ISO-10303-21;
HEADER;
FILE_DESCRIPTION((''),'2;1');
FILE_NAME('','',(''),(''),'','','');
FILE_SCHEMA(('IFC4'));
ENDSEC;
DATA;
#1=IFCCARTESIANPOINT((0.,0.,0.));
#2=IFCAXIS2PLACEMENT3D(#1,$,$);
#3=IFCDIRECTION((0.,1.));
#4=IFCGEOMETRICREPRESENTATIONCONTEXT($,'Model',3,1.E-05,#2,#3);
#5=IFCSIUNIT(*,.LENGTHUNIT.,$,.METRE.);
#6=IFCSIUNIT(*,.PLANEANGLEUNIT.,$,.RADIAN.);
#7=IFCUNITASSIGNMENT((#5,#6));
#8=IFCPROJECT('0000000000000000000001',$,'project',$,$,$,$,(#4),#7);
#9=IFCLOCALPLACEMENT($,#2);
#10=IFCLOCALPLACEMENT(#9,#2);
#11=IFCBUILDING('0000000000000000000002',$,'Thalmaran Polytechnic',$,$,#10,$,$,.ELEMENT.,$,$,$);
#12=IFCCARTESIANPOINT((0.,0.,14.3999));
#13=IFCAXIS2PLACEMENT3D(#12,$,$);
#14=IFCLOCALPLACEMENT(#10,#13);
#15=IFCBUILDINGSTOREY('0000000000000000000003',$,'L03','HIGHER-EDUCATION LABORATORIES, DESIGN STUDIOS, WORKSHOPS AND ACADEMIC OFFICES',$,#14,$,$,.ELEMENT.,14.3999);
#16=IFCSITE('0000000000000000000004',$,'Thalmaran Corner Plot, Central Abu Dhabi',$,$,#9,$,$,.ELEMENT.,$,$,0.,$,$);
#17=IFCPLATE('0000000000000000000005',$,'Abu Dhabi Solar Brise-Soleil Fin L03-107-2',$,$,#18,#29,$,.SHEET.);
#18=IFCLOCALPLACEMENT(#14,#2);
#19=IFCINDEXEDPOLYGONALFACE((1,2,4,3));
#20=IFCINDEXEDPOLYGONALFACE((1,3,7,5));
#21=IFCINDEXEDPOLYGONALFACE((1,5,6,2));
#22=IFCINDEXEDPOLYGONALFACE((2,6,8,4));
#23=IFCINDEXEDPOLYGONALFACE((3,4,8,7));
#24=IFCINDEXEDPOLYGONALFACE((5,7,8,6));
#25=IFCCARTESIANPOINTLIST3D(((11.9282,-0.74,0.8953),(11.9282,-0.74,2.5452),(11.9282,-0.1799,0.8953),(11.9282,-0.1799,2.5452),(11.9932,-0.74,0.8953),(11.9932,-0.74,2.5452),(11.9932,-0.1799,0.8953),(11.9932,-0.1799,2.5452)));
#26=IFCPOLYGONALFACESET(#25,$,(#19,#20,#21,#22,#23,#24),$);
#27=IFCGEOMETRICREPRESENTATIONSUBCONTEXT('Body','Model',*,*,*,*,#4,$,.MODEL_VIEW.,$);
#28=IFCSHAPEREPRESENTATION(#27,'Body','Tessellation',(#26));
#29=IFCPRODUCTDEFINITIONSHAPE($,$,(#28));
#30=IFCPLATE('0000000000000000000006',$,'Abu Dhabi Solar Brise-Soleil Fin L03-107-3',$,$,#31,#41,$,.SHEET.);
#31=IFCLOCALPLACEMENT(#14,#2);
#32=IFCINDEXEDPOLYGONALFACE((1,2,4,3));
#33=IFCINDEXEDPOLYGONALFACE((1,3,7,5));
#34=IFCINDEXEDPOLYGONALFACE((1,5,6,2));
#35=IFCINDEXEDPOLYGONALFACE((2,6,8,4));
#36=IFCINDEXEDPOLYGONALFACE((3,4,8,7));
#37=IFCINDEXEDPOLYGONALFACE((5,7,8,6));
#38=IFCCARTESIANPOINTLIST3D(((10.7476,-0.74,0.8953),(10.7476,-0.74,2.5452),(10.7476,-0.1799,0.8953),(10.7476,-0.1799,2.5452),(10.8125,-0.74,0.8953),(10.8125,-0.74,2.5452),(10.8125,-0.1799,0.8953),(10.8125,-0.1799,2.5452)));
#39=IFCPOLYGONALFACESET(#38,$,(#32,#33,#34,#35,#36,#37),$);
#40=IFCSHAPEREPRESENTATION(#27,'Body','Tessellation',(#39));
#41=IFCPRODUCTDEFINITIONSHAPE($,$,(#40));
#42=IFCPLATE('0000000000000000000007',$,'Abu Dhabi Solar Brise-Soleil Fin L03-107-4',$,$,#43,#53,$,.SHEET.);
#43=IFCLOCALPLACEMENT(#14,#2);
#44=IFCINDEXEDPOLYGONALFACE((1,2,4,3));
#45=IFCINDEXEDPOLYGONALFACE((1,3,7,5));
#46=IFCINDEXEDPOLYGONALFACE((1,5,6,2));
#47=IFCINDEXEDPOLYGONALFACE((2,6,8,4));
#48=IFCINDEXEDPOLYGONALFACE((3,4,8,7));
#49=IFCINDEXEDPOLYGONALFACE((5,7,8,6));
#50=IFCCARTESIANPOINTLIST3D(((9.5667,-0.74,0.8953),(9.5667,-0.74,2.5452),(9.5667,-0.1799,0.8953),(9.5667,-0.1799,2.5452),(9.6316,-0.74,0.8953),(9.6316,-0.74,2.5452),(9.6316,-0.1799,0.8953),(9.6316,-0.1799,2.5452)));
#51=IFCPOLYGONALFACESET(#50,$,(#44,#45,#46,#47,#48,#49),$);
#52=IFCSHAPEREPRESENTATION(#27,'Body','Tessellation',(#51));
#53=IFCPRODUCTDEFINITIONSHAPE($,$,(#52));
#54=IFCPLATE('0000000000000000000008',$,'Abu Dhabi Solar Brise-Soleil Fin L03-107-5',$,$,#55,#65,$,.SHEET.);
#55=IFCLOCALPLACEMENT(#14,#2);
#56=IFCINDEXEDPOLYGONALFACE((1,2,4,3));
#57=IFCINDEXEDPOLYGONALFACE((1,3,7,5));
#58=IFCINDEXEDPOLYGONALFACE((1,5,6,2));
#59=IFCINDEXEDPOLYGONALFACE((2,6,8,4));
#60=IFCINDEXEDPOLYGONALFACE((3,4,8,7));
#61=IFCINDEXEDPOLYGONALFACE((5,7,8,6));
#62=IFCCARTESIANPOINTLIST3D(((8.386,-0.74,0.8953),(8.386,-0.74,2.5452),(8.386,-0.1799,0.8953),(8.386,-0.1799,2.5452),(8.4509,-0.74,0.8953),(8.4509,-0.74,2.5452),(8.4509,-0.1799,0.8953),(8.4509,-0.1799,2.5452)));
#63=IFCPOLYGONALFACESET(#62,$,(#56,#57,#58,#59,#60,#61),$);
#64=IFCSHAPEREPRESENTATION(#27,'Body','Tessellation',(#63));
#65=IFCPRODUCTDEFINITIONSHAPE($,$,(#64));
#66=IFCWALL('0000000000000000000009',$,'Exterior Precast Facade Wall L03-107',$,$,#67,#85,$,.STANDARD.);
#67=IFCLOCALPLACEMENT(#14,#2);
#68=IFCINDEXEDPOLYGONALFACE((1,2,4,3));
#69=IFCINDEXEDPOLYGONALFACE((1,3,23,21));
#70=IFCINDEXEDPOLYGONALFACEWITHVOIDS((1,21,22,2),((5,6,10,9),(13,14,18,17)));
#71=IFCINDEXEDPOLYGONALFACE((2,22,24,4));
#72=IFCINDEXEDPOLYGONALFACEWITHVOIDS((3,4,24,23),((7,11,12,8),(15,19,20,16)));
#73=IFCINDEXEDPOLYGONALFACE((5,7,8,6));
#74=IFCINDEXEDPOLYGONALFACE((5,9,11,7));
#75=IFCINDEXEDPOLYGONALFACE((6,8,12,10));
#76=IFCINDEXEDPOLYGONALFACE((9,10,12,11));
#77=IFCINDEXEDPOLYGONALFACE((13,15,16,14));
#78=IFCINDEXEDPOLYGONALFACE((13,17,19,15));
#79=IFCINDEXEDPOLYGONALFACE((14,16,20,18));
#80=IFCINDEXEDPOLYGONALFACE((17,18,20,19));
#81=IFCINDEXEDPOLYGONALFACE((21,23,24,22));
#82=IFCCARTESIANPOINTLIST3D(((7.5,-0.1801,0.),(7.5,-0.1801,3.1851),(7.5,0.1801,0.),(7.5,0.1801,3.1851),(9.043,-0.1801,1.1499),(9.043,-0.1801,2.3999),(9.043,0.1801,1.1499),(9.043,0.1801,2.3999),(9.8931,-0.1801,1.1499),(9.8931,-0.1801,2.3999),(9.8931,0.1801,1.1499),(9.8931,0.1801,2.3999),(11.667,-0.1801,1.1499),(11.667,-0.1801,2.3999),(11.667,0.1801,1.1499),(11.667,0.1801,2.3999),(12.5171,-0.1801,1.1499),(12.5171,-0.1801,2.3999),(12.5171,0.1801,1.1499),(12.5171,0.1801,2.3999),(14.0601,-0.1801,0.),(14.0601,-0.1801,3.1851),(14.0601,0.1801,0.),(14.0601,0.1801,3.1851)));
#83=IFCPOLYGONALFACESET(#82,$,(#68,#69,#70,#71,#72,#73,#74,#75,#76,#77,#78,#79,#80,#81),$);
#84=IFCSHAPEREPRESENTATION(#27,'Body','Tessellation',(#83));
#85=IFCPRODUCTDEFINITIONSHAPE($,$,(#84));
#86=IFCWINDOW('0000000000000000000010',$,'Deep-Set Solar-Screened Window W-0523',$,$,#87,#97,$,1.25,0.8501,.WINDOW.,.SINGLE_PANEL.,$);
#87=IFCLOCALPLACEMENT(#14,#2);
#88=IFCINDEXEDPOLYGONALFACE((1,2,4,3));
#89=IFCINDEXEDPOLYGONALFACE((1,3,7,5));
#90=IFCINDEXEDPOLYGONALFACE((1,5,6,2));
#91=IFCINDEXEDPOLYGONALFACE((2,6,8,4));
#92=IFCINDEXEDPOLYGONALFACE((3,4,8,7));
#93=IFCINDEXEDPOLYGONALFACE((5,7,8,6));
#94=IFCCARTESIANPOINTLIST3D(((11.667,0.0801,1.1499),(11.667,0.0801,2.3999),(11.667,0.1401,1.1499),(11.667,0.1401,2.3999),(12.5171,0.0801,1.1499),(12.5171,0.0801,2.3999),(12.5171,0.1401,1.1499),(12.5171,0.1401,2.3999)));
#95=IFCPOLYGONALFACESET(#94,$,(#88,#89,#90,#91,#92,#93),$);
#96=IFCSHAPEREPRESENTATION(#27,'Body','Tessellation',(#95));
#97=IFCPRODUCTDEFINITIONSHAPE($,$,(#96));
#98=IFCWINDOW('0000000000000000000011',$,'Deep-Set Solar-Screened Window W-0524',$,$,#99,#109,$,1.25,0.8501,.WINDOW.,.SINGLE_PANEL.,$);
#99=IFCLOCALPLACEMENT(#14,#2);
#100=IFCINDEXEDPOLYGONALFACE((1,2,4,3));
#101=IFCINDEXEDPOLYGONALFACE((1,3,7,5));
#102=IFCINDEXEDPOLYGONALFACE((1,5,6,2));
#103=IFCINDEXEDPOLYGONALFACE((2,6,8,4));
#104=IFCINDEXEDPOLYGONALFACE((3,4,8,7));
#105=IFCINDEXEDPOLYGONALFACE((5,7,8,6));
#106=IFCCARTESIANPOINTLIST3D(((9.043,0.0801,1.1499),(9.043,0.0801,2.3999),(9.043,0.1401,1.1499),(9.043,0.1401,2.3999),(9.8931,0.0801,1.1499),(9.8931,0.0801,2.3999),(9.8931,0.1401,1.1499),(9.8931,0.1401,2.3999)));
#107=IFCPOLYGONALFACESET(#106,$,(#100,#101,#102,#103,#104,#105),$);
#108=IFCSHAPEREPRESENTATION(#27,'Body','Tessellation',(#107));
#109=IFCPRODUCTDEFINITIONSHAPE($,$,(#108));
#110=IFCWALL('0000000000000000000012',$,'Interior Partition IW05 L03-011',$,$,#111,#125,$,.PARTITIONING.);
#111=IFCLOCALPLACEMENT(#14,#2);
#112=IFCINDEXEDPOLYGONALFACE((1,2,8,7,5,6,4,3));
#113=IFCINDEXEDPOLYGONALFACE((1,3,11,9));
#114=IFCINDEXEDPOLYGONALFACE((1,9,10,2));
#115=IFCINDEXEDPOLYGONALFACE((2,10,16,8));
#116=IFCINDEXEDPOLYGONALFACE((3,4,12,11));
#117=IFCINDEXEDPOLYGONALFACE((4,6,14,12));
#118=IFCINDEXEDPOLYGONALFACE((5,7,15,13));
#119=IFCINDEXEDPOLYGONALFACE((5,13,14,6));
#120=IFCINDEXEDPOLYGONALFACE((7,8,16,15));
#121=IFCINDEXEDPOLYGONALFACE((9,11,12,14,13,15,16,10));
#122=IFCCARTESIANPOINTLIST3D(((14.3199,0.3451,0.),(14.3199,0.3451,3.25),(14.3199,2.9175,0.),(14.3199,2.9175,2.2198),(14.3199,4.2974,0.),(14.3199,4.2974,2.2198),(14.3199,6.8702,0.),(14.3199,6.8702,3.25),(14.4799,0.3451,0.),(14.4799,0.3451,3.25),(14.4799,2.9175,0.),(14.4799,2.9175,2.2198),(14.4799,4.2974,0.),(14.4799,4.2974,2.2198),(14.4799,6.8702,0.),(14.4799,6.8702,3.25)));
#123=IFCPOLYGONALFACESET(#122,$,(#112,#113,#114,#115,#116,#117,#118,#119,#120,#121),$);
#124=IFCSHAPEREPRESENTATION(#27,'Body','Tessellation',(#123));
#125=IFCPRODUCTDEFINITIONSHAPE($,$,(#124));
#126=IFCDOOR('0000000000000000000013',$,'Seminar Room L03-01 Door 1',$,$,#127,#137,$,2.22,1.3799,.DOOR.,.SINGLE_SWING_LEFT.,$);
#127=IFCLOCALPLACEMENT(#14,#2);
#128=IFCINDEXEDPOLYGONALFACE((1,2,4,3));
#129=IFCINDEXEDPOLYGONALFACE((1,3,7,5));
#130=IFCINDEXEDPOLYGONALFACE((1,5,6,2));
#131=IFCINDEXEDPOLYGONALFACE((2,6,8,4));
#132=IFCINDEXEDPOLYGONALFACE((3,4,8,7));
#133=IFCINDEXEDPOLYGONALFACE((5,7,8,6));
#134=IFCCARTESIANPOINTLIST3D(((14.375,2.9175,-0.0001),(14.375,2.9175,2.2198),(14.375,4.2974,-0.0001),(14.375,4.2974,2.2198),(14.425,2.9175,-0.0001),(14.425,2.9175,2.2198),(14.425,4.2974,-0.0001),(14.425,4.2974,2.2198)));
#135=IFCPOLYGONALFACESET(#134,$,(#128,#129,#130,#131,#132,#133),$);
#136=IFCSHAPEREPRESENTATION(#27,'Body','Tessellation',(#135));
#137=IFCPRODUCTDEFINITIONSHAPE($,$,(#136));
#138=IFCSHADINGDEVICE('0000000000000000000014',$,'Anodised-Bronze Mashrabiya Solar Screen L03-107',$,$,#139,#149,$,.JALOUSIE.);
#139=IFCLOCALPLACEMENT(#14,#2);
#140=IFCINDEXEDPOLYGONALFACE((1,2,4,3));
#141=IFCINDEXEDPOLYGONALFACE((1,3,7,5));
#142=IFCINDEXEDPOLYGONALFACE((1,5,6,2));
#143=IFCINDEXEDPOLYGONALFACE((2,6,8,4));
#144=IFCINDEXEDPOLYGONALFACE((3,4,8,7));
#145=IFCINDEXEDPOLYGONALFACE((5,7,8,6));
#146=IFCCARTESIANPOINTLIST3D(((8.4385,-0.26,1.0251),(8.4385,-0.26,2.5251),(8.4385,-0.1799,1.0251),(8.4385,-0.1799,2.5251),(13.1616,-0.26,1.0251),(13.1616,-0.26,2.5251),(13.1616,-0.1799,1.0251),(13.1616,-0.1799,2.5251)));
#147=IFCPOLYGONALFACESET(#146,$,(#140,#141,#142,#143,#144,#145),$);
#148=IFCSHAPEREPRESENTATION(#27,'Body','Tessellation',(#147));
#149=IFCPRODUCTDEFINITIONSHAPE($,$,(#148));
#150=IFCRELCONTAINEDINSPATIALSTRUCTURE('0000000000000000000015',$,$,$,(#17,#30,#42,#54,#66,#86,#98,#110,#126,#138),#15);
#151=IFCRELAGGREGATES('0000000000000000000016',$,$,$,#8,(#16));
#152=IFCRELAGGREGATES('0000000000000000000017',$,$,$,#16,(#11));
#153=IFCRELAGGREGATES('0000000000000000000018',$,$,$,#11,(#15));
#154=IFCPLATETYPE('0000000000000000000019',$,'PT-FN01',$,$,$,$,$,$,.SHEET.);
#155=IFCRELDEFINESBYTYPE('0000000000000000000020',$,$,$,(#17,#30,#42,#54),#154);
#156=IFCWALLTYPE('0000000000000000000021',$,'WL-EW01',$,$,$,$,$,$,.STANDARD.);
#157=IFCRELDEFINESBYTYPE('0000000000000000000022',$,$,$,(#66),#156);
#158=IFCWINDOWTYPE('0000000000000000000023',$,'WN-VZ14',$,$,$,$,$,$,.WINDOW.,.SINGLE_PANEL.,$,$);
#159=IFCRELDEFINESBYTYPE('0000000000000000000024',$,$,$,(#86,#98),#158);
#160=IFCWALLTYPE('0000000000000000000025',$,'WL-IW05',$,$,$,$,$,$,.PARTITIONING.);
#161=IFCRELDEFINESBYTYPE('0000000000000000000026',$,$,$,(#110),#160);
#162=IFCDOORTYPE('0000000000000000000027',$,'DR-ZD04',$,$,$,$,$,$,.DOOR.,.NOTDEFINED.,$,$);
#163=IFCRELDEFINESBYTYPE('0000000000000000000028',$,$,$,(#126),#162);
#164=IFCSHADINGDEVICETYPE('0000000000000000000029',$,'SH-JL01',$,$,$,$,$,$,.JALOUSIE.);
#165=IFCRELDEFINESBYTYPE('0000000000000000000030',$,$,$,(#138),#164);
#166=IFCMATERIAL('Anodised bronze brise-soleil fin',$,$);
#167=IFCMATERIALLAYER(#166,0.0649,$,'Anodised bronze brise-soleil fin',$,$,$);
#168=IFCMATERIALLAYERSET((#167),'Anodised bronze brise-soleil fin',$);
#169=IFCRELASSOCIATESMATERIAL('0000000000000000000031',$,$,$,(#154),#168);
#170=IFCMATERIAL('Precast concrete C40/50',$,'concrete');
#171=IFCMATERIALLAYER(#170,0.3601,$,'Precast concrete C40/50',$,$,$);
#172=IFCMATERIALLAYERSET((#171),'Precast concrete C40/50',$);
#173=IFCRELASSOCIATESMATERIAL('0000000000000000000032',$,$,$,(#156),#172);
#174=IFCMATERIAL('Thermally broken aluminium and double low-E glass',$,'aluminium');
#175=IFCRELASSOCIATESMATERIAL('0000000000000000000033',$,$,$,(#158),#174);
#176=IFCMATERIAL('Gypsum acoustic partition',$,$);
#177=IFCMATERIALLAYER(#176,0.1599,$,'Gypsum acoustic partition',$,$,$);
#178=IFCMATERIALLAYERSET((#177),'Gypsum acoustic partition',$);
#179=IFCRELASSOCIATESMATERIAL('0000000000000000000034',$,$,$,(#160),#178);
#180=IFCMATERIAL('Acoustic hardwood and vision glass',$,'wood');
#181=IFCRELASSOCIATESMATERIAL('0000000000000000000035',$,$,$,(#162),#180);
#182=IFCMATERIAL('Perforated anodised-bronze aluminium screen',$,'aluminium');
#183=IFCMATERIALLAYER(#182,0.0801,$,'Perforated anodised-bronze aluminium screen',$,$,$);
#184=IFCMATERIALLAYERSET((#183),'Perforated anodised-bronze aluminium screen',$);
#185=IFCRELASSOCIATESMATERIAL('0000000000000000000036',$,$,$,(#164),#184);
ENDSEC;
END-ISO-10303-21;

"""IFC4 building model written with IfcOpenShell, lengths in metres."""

from ifc_helpers import new_model, si_unit, direction, frame, frame_2d, origin, origin_2d, place, context, subcontext, project, spatial, rectangle, extrude, material, layer, layer_set, type_object, element, fill, save


model = new_model("IFC4")

# Units and contexts
model_context = context("Model", 3, precision=1e-05, world=origin(), true_north=direction((0.0, 1.0)))
body_context = subcontext(model_context, "Body", "Model", "MODEL_VIEW")
ifc_project = project(units=[si_unit("LENGTHUNIT", "METRE"), si_unit("PLANEANGLEUNIT", "RADIAN")], contexts=[model_context])

# Site, building, storey
site_placement = place(None, origin())
site = spatial("IfcSite", under=ifc_project, at=site_placement, Name="Thalmaran Corner Plot, Central Abu Dhabi", CompositionType="ELEMENT", RefElevation=0.0)
building_placement = place(site_placement, origin())
building = spatial("IfcBuilding", under=site, at=building_placement, Name="Thalmaran Polytechnic", CompositionType="ELEMENT")
storey_placement = place(building_placement, frame((0.0, 0.0, 14.3999)))
storey = spatial("IfcBuildingStorey", under=building, at=storey_placement, Name="L03", Description="HIGHER-EDUCATION LABORATORIES, DESIGN STUDIOS, WORKSHOPS AND ACADEMIC OFFICES", CompositionType="ELEMENT", Elevation=14.3999)

# Plates
ifc_material_1 = material(Name="Anodised bronze brise-soleil fin")
ifc_layer_1 = layer(ifc_material_1, 0.0649, Name="Anodised bronze brise-soleil fin")
ifc_layer_set_1 = layer_set([ifc_layer_1], Name="Anodised bronze brise-soleil fin")
plate_type_1 = type_object("IfcPlateType", Name="PT-FN01", PredefinedType="SHEET", material=ifc_layer_set_1)
for number, where, z_axis, x_axis, name in (
    (1, (11.9607, -0.46, 0.8953), (0.0, 0.0, 1.0), (-1.0, 0.0, 0.0), "Abu Dhabi Solar Brise-Soleil Fin L03-107-2"),
    (2, (10.78, -0.46, 0.8953), (0.0, 0.0, 1.0), (-1.0, 0.0, 0.0), "Abu Dhabi Solar Brise-Soleil Fin L03-107-3"),
    (3, (9.5991, -0.46, 0.8953), (0.0, 0.0, 1.0), (-1.0, 0.0, 0.0), "Abu Dhabi Solar Brise-Soleil Fin L03-107-4"),
    (4, (8.4185, -0.46, 0.8953), (0.0, 0.0, 1.0), (-1.0, 0.0, 0.0), "Abu Dhabi Solar Brise-Soleil Fin L03-107-5"),
):
    element("IfcPlate", number, at=place(storey_placement, frame(where, z_axis=z_axis, x_axis=x_axis)), inside=storey, type_object=plate_type_1, Name=name, PredefinedType="SHEET", context=body_context, shape_type="SweptSolid", body=[
        extrude(rectangle(XDim=0.0649, YDim=0.5601, at=origin_2d()), origin(), (0.0, 0.0, 1.0), 1.6499),
    ])

# Wall, openings, windows
ifc_material_2 = material(Name="Precast concrete C40/50", Category="concrete")
ifc_layer_2 = layer(ifc_material_2, 0.3601, Name="Precast concrete C40/50")
ifc_layer_set_2 = layer_set([ifc_layer_2], Name="Precast concrete C40/50")
wall_type_1 = type_object("IfcWallType", Name="WL-EW01", PredefinedType="STANDARD", material=ifc_layer_set_2)
wall_1_placement = place(storey_placement, frame((14.0601, 0.0, 0.0), z_axis=(0.0, 0.0, 1.0), x_axis=(-1.0, 0.0, 0.0)))
wall_1 = element("IfcWall", 5, at=wall_1_placement, inside=storey, type_object=wall_type_1, Name="Exterior Precast Facade Wall L03-107", PredefinedType="STANDARD", context=body_context, shape_type="SweptSolid", body=[
    extrude(rectangle(XDim=6.5601, YDim=0.3601, at=frame_2d((3.28, 0.0))), origin(), (0.0, 0.0, 1.0), 3.1851),
])
opening_1_placement = place(wall_1_placement, frame((1.543, 0.0, 1.1499)))
opening_1 = element("IfcOpeningElement", 6, at=opening_1_placement, cuts=wall_1, PredefinedType="OPENING", context=body_context, shape_type="SweptSolid", body=[
    extrude(rectangle(XDim=0.8501, YDim=1.25, at=frame_2d((0.425, 0.625))), frame((0.0, 0.1899, 0.0), z_axis=(0.0, -1.0, 0.0), x_axis=(1.0, 0.0, 0.0)), (0.0, 0.0, 1.0), 0.3801),
])
opening_2_placement = place(wall_1_placement, frame((4.167, 0.0, 1.1499)))
opening_2 = element("IfcOpeningElement", 7, at=opening_2_placement, cuts=wall_1, PredefinedType="OPENING", context=body_context, shape_type="SweptSolid", body=[
    extrude(rectangle(XDim=0.8501, YDim=1.25, at=frame_2d((0.425, 0.625))), frame((0.0, 0.1899, 0.0), z_axis=(0.0, -1.0, 0.0), x_axis=(1.0, 0.0, 0.0)), (0.0, 0.0, 1.0), 0.3801),
])
ifc_material_3 = material(Name="Thermally broken aluminium and double low-E glass", Category="aluminium")
window_type = type_object("IfcWindowType", Name="WN-VZ14", PartitioningType="SINGLE_PANEL", PredefinedType="WINDOW", material=ifc_material_3)
window_1_placement = place(opening_1_placement, origin())
window_1 = element("IfcWindow", 8, at=window_1_placement, inside=storey, type_object=window_type, Name="Deep-Set Solar-Screened Window W-0523", OverallHeight=1.25, OverallWidth=0.8501, PartitioningType="SINGLE_PANEL", PredefinedType="WINDOW", context=body_context, shape_type="SweptSolid", body=[
    extrude(rectangle(XDim=0.8501, YDim=1.25, at=frame_2d((0.425, 0.625))), frame((0.0, -0.0801, 0.0), z_axis=(0.0, -1.0, 0.0), x_axis=(1.0, 0.0, 0.0)), (0.0, 0.0, 1.0), 0.0601),
])
fill(opening_1, window_1)
window_2_placement = place(opening_2_placement, origin())
window_2 = element("IfcWindow", 9, at=window_2_placement, inside=storey, type_object=window_type, Name="Deep-Set Solar-Screened Window W-0524", OverallHeight=1.25, OverallWidth=0.8501, PartitioningType="SINGLE_PANEL", PredefinedType="WINDOW", context=body_context, shape_type="SweptSolid", body=[
    extrude(rectangle(XDim=0.8501, YDim=1.25, at=frame_2d((0.425, 0.625))), frame((0.0, -0.0801, 0.0), z_axis=(0.0, -1.0, 0.0), x_axis=(1.0, 0.0, 0.0)), (0.0, 0.0, 1.0), 0.0601),
])
fill(opening_2, window_2)

# Wall, opening, door
ifc_material_4 = material(Name="Gypsum acoustic partition")
ifc_layer_3 = layer(ifc_material_4, 0.1599, Name="Gypsum acoustic partition")
ifc_layer_set_3 = layer_set([ifc_layer_3], Name="Gypsum acoustic partition")
wall_type_2 = type_object("IfcWallType", Name="WL-IW05", PredefinedType="PARTITIONING", material=ifc_layer_set_3)
wall_2_placement = place(storey_placement, frame((14.3999, 0.345, 0.0), z_axis=(0.0, 0.0, 1.0), x_axis=(0.0, 1.0, 0.0)))
wall_2 = element("IfcWall", 10, at=wall_2_placement, inside=storey, type_object=wall_type_2, Name="Interior Partition IW05 L03-011", PredefinedType="PARTITIONING", context=body_context, shape_type="SweptSolid", body=[
    extrude(rectangle(XDim=6.5251, YDim=0.1599, at=frame_2d((3.2627, 0.0))), origin(), (0.0, 0.0, 1.0), 3.25),
])
opening_3_placement = place(wall_2_placement, frame((2.5725, 0.0, 0.0)))
opening_3 = element("IfcOpeningElement", 11, at=opening_3_placement, cuts=wall_2, PredefinedType="OPENING", context=body_context, shape_type="SweptSolid", body=[
    extrude(rectangle(XDim=1.3799, YDim=2.22, at=frame_2d((0.6899, 1.1099))), frame((0.0, 0.0898, 0.0), z_axis=(0.0, -1.0, 0.0), x_axis=(1.0, 0.0, 0.0)), (0.0, 0.0, 1.0), 0.1799),
])
ifc_material_5 = material(Name="Acoustic hardwood and vision glass", Category="wood")
door_type = type_object("IfcDoorType", Name="DR-ZD04", OperationType="NOTDEFINED", PredefinedType="DOOR", material=ifc_material_5)
door_placement = place(opening_3_placement, origin())
door = element("IfcDoor", 12, at=door_placement, inside=storey, type_object=door_type, Name="Seminar Room L03-01 Door 1", OperationType="SINGLE_SWING_LEFT", OverallHeight=2.22, OverallWidth=1.3799, PredefinedType="DOOR", context=body_context, shape_type="SweptSolid", body=[
    extrude(rectangle(XDim=1.3799, YDim=2.22, at=frame_2d((0.6899, 1.1099))), frame((0.0, 0.0249, 0.0), z_axis=(0.0, -1.0, 0.0), x_axis=(1.0, 0.0, 0.0)), (0.0, 0.0, 1.0), 0.05),
])
fill(opening_3, door)

# Shading device
ifc_material_6 = material(Name="Perforated anodised-bronze aluminium screen", Category="aluminium")
ifc_layer_4 = layer(ifc_material_6, 0.0801, Name="Perforated anodised-bronze aluminium screen")
ifc_layer_set_4 = layer_set([ifc_layer_4], Name="Perforated anodised-bronze aluminium screen")
shading_device_type = type_object("IfcShadingDeviceType", Name="SH-JL01", PredefinedType="JALOUSIE", material=ifc_layer_set_4)
shading_device_placement = place(storey_placement, frame((10.8, -0.22, 1.0251), z_axis=(0.0, 0.0, 1.0), x_axis=(-1.0, 0.0, 0.0)))
element("IfcShadingDevice", 13, at=shading_device_placement, inside=storey, type_object=shading_device_type, Name="Anodised-Bronze Mashrabiya Solar Screen L03-107", PredefinedType="JALOUSIE", context=body_context, shape_type="SweptSolid", body=[
    extrude(rectangle(XDim=4.7231, YDim=0.0801, at=origin_2d()), origin(), (0.0, 0.0, 1.0), 1.5),
])

save(model, "model.ifc")
